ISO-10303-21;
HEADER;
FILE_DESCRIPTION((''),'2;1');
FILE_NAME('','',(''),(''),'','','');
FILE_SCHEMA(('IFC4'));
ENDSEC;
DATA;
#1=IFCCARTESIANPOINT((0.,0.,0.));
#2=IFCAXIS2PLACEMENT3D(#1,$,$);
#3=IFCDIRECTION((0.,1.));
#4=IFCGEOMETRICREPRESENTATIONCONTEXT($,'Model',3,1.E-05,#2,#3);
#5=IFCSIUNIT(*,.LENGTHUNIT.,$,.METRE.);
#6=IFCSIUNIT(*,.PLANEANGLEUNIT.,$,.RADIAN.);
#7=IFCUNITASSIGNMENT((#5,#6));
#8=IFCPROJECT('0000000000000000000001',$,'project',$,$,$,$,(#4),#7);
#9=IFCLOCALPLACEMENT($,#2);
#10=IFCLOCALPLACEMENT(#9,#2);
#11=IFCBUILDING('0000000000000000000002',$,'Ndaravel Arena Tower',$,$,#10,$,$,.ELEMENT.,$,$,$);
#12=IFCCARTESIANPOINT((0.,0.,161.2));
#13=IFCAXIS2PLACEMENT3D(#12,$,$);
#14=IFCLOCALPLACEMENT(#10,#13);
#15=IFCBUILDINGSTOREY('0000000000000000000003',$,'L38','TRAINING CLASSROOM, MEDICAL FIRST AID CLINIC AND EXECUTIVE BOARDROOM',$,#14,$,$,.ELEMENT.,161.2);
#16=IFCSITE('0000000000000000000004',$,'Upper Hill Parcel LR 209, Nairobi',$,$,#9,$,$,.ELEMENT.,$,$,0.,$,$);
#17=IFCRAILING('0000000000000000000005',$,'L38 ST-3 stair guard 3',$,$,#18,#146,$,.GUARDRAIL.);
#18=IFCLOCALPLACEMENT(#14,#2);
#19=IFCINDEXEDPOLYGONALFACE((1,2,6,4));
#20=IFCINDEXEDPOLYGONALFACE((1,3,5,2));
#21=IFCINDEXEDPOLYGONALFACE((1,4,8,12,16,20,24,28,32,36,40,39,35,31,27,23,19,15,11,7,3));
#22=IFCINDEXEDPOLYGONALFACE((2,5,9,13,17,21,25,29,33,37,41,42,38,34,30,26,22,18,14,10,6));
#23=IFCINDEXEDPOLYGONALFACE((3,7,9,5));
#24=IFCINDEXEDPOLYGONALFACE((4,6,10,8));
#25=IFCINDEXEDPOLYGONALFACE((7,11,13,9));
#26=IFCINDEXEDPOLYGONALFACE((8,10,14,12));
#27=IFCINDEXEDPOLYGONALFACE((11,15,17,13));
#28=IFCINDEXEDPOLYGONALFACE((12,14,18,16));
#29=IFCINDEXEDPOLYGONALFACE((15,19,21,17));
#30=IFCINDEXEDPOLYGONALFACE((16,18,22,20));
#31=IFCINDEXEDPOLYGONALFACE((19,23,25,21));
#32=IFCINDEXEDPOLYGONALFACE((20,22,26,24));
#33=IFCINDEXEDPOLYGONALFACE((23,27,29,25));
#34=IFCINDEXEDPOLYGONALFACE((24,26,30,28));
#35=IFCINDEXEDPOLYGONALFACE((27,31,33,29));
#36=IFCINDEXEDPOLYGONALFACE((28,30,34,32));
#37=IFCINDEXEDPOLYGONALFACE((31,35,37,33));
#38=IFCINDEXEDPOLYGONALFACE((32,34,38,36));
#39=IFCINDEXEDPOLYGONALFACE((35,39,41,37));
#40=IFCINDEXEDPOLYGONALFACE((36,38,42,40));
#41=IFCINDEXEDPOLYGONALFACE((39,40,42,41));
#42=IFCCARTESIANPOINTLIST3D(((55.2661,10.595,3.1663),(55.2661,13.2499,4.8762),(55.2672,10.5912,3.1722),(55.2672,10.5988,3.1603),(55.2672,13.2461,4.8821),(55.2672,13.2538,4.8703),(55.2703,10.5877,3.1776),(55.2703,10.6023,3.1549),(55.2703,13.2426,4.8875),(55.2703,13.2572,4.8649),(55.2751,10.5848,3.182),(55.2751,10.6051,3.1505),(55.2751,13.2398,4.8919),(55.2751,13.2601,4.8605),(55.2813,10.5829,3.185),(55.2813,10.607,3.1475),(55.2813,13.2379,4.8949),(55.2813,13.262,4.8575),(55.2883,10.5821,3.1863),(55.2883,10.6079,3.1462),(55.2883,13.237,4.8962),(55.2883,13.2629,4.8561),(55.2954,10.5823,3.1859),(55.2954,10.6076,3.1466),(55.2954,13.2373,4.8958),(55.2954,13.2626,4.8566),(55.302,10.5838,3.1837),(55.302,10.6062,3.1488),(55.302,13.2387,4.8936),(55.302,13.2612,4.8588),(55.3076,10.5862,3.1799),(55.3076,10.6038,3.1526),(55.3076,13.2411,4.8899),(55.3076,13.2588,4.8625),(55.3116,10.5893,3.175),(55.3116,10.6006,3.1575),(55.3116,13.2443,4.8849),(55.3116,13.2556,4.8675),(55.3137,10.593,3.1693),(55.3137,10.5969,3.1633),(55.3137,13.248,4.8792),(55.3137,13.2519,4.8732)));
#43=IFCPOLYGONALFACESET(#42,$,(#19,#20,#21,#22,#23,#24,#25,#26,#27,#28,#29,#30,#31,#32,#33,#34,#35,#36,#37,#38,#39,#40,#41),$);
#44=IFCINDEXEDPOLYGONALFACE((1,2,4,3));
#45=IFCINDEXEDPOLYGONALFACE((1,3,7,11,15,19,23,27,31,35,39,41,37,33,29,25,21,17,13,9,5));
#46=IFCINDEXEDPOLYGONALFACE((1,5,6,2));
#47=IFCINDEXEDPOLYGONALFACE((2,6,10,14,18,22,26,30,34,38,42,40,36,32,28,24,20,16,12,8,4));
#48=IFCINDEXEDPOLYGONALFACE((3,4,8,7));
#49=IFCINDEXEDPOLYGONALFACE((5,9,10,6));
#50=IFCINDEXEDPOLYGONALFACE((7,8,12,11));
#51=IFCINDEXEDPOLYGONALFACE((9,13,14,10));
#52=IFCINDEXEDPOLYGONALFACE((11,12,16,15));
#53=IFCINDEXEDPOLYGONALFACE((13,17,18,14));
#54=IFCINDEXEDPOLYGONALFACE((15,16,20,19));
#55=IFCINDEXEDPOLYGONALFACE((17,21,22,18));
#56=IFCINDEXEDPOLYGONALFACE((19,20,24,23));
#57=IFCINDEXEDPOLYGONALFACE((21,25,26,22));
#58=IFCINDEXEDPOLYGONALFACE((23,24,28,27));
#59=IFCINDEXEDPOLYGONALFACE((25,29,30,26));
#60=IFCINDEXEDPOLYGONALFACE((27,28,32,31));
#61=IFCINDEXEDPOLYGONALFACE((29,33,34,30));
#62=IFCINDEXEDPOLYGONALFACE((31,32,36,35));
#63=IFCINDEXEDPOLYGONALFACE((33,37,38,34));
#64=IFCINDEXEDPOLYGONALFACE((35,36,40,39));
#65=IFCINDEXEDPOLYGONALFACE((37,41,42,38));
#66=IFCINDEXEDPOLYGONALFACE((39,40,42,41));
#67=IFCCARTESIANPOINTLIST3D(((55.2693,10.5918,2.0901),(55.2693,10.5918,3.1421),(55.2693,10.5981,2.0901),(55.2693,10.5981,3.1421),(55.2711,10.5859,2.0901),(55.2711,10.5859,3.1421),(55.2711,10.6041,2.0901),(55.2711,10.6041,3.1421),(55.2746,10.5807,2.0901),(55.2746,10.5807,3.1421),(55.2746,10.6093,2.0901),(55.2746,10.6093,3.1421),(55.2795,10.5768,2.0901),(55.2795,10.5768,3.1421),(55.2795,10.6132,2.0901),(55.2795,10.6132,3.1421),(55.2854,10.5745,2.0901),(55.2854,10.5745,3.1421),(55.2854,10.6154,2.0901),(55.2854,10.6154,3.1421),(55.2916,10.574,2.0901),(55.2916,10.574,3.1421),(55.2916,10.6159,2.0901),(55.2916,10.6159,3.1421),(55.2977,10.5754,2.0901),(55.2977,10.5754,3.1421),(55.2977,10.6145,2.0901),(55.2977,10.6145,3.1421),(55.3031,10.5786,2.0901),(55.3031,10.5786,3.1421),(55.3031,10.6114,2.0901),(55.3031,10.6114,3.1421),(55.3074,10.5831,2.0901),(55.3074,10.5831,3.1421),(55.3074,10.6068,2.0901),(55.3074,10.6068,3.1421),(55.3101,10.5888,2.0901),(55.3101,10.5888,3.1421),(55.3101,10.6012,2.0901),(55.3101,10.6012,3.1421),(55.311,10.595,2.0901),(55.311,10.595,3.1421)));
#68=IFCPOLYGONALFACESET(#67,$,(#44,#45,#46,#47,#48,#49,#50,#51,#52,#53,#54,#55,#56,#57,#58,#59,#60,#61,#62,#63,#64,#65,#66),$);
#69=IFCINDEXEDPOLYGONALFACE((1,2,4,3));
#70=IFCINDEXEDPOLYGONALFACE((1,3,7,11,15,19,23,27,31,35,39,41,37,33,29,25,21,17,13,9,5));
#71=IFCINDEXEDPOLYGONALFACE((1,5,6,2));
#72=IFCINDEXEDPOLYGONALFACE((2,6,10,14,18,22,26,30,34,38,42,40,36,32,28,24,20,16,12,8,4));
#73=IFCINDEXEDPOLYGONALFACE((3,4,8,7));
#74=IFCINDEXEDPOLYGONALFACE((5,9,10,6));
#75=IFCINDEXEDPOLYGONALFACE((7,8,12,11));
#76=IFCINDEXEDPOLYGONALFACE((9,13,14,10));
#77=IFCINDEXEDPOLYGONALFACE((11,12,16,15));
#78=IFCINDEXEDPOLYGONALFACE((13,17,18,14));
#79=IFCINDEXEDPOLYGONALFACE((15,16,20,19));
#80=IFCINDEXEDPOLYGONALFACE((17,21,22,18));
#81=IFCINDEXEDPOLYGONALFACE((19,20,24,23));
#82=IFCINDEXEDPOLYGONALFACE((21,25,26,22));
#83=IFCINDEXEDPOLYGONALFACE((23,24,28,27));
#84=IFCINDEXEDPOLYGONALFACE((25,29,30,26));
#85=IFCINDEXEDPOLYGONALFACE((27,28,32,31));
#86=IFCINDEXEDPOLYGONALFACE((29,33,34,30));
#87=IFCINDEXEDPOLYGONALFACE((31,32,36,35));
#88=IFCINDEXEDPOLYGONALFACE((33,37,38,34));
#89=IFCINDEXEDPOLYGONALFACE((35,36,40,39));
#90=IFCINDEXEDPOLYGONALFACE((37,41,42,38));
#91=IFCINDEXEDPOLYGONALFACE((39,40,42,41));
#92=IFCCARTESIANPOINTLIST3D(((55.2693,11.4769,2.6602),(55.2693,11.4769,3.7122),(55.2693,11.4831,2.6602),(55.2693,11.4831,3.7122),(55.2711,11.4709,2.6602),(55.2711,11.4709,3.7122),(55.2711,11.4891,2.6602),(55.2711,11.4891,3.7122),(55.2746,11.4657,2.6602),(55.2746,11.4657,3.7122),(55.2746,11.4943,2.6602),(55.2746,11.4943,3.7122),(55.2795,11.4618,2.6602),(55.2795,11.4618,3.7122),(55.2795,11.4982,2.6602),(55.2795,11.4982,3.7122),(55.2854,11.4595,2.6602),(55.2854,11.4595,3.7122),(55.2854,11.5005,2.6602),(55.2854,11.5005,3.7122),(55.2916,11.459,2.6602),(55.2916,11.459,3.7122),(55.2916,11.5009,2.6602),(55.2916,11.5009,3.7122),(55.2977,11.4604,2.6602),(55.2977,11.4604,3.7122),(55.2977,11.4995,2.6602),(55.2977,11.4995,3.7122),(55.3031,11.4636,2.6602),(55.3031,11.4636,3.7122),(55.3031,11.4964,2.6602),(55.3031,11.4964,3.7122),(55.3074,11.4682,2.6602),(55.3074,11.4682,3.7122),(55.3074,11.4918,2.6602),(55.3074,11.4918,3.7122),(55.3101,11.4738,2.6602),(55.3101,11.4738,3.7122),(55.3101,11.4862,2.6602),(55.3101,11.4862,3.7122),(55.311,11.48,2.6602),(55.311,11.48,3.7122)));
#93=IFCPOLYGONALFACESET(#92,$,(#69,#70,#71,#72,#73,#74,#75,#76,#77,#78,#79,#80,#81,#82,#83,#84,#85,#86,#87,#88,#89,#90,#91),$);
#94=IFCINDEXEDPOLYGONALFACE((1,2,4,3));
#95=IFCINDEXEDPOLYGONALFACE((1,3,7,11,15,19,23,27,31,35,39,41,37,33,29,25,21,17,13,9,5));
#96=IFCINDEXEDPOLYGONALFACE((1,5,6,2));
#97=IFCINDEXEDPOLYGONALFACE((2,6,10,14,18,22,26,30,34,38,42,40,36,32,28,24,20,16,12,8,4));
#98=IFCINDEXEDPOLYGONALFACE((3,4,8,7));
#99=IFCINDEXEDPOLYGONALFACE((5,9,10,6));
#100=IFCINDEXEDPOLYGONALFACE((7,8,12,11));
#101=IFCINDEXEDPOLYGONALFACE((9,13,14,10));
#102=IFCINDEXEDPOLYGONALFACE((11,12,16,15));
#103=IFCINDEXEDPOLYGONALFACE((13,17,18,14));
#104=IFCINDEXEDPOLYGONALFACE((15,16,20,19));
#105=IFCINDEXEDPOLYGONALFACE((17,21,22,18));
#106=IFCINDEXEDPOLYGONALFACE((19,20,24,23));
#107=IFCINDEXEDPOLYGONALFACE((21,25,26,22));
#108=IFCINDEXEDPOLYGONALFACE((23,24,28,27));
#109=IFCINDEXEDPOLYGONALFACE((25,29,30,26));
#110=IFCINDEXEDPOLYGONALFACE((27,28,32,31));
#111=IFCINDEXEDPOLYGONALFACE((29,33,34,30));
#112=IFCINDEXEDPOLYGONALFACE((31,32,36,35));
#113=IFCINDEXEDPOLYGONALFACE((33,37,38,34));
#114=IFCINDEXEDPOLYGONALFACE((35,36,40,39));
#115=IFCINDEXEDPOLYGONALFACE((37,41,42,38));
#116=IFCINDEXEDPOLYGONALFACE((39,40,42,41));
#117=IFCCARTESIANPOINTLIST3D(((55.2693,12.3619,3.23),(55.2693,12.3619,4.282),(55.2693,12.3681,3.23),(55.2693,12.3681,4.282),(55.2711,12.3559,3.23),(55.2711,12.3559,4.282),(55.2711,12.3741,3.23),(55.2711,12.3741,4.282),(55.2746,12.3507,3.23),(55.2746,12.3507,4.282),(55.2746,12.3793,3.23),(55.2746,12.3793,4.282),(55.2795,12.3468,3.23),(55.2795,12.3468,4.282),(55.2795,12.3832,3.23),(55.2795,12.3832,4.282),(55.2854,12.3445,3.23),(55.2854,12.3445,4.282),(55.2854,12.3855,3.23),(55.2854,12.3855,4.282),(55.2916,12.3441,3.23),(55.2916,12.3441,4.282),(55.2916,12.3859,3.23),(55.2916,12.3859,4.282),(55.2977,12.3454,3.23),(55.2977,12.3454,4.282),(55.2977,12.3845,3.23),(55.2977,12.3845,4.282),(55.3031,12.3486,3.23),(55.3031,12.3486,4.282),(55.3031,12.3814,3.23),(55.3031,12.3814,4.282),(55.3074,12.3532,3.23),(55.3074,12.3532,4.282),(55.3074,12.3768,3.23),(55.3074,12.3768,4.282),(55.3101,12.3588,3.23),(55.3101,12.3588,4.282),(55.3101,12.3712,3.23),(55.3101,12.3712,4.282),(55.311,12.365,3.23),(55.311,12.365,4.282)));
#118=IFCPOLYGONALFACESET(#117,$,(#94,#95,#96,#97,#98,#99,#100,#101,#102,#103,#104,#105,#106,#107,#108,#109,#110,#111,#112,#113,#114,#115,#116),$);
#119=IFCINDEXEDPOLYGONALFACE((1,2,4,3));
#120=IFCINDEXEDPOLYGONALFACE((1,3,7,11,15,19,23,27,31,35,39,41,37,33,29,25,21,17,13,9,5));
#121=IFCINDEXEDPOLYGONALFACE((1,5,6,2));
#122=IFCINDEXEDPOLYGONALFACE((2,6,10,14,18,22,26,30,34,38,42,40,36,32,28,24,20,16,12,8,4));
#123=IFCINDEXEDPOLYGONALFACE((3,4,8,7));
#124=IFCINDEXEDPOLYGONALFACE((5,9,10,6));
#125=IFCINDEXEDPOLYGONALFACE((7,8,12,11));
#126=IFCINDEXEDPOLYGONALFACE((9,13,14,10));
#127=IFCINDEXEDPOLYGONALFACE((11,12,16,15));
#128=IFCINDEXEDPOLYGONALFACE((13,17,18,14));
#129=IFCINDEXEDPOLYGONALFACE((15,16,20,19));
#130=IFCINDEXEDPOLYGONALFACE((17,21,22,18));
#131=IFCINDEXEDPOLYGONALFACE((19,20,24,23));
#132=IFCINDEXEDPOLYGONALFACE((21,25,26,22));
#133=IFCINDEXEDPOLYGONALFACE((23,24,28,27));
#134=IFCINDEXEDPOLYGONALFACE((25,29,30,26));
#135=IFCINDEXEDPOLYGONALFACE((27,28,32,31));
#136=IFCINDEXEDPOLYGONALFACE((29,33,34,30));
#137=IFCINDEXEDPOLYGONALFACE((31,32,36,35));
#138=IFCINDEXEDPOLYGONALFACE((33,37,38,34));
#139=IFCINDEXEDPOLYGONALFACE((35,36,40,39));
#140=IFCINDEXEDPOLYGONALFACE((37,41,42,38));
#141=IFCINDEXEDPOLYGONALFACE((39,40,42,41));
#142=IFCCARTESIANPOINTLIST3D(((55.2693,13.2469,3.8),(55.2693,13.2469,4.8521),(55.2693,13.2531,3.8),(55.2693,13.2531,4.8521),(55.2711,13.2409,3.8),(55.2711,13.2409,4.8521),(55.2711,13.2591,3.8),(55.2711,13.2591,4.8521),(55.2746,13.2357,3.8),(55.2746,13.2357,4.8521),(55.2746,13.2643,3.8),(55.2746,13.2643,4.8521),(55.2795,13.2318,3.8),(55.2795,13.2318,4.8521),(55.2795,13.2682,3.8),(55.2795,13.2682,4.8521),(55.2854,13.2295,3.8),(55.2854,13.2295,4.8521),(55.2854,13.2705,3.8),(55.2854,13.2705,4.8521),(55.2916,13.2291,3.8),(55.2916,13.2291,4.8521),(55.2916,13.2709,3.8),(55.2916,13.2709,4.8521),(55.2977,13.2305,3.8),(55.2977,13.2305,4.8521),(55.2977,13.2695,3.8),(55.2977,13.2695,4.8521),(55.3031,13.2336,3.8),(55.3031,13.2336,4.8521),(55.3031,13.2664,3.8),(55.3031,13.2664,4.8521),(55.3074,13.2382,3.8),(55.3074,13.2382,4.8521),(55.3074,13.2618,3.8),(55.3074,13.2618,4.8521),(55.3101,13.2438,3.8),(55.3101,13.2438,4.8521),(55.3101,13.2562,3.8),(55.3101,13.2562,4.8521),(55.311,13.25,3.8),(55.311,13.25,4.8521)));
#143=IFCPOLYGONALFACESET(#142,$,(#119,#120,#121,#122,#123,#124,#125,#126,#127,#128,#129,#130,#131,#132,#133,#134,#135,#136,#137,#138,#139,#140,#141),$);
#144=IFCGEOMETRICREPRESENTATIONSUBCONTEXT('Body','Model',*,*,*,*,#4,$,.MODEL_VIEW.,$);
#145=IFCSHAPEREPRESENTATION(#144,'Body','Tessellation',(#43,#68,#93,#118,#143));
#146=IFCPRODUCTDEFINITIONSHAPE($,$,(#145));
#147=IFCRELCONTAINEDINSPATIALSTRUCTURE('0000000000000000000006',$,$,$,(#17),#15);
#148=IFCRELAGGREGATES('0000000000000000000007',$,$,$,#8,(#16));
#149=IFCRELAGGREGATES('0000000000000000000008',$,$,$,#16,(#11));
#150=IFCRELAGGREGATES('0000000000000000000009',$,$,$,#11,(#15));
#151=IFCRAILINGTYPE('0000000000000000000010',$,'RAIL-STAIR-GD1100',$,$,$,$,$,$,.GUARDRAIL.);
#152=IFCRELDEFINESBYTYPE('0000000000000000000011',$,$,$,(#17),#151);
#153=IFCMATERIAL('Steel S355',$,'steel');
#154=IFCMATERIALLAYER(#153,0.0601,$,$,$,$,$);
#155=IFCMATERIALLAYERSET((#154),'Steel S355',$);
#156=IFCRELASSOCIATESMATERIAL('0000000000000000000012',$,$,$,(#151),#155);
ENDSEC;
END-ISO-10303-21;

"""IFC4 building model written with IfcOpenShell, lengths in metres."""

from ifc_helpers import new_model, si_unit, direction, frame, origin, origin_2d, place, context, subcontext, project, spatial, circle, extrude, material, layer, layer_set, type_object, element, save


model = new_model("IFC4")

# Units and contexts
model_context = context("Model", 3, precision=1e-05, world=origin(), true_north=direction((0.0, 1.0)))
body_context = subcontext(model_context, "Body", "Model", "MODEL_VIEW")
ifc_project = project(units=[si_unit("LENGTHUNIT", "METRE"), si_unit("PLANEANGLEUNIT", "RADIAN")], contexts=[model_context])

# Site, building, storey
site_placement = place(None, origin())
site = spatial("IfcSite", under=ifc_project, at=site_placement, Name="Upper Hill Parcel LR 209, Nairobi", CompositionType="ELEMENT", RefElevation=0.0)
building_placement = place(site_placement, origin())
building = spatial("IfcBuilding", under=site, at=building_placement, Name="Ndaravel Arena Tower", CompositionType="ELEMENT")
storey_placement = place(building_placement, frame((0.0, 0.0, 161.2)))
storey = spatial("IfcBuildingStorey", under=building, at=storey_placement, Name="L38", Description="TRAINING CLASSROOM, MEDICAL FIRST AID CLINIC AND EXECUTIVE BOARDROOM", CompositionType="ELEMENT", Elevation=161.2)

# Railing
ifc_material_1 = material(Name="Steel S355", Category="steel")
ifc_layer_1 = layer(ifc_material_1, 0.0601)
ifc_layer_set_1 = layer_set([ifc_layer_1], Name="Steel S355")
railing_type_1 = type_object("IfcRailingType", Name="RAIL-STAIR-GD1100", PredefinedType="GUARDRAIL", material=ifc_layer_set_1)
railing_1_placement = place(storey_placement, frame((55.29, 10.595, 2.0901)))
element("IfcRailing", 1, at=railing_1_placement, inside=storey, type_object=railing_type_1, Name="L38 ST-3 stair guard 3", PredefinedType="GUARDRAIL", context=body_context, shape_type="SweptSolid", body=[
    extrude(circle(Radius=0.0239, at=origin_2d()), frame((0.0, 0.0, 1.0762), z_axis=(0.0, 0.840724, 0.541465), x_axis=(-1.0, 0.0, 0.0)), (0.0, 0.0, 1.0), 3.158),
    extrude(circle(Radius=0.021, at=origin_2d()), origin(), (0.0, 0.0, 1.0), 1.052),
    extrude(circle(Radius=0.021, at=origin_2d()), frame((0.0, 0.885, 0.5701)), (0.0, 0.0, 1.0), 1.052),
    extrude(circle(Radius=0.021, at=origin_2d()), frame((0.0, 1.77, 1.1399)), (0.0, 0.0, 1.0), 1.052),
    extrude(circle(Radius=0.021, at=origin_2d()), frame((0.0, 2.655, 1.71)), (0.0, 0.0, 1.0), 1.052),
])

save(model, "model.ifc")
